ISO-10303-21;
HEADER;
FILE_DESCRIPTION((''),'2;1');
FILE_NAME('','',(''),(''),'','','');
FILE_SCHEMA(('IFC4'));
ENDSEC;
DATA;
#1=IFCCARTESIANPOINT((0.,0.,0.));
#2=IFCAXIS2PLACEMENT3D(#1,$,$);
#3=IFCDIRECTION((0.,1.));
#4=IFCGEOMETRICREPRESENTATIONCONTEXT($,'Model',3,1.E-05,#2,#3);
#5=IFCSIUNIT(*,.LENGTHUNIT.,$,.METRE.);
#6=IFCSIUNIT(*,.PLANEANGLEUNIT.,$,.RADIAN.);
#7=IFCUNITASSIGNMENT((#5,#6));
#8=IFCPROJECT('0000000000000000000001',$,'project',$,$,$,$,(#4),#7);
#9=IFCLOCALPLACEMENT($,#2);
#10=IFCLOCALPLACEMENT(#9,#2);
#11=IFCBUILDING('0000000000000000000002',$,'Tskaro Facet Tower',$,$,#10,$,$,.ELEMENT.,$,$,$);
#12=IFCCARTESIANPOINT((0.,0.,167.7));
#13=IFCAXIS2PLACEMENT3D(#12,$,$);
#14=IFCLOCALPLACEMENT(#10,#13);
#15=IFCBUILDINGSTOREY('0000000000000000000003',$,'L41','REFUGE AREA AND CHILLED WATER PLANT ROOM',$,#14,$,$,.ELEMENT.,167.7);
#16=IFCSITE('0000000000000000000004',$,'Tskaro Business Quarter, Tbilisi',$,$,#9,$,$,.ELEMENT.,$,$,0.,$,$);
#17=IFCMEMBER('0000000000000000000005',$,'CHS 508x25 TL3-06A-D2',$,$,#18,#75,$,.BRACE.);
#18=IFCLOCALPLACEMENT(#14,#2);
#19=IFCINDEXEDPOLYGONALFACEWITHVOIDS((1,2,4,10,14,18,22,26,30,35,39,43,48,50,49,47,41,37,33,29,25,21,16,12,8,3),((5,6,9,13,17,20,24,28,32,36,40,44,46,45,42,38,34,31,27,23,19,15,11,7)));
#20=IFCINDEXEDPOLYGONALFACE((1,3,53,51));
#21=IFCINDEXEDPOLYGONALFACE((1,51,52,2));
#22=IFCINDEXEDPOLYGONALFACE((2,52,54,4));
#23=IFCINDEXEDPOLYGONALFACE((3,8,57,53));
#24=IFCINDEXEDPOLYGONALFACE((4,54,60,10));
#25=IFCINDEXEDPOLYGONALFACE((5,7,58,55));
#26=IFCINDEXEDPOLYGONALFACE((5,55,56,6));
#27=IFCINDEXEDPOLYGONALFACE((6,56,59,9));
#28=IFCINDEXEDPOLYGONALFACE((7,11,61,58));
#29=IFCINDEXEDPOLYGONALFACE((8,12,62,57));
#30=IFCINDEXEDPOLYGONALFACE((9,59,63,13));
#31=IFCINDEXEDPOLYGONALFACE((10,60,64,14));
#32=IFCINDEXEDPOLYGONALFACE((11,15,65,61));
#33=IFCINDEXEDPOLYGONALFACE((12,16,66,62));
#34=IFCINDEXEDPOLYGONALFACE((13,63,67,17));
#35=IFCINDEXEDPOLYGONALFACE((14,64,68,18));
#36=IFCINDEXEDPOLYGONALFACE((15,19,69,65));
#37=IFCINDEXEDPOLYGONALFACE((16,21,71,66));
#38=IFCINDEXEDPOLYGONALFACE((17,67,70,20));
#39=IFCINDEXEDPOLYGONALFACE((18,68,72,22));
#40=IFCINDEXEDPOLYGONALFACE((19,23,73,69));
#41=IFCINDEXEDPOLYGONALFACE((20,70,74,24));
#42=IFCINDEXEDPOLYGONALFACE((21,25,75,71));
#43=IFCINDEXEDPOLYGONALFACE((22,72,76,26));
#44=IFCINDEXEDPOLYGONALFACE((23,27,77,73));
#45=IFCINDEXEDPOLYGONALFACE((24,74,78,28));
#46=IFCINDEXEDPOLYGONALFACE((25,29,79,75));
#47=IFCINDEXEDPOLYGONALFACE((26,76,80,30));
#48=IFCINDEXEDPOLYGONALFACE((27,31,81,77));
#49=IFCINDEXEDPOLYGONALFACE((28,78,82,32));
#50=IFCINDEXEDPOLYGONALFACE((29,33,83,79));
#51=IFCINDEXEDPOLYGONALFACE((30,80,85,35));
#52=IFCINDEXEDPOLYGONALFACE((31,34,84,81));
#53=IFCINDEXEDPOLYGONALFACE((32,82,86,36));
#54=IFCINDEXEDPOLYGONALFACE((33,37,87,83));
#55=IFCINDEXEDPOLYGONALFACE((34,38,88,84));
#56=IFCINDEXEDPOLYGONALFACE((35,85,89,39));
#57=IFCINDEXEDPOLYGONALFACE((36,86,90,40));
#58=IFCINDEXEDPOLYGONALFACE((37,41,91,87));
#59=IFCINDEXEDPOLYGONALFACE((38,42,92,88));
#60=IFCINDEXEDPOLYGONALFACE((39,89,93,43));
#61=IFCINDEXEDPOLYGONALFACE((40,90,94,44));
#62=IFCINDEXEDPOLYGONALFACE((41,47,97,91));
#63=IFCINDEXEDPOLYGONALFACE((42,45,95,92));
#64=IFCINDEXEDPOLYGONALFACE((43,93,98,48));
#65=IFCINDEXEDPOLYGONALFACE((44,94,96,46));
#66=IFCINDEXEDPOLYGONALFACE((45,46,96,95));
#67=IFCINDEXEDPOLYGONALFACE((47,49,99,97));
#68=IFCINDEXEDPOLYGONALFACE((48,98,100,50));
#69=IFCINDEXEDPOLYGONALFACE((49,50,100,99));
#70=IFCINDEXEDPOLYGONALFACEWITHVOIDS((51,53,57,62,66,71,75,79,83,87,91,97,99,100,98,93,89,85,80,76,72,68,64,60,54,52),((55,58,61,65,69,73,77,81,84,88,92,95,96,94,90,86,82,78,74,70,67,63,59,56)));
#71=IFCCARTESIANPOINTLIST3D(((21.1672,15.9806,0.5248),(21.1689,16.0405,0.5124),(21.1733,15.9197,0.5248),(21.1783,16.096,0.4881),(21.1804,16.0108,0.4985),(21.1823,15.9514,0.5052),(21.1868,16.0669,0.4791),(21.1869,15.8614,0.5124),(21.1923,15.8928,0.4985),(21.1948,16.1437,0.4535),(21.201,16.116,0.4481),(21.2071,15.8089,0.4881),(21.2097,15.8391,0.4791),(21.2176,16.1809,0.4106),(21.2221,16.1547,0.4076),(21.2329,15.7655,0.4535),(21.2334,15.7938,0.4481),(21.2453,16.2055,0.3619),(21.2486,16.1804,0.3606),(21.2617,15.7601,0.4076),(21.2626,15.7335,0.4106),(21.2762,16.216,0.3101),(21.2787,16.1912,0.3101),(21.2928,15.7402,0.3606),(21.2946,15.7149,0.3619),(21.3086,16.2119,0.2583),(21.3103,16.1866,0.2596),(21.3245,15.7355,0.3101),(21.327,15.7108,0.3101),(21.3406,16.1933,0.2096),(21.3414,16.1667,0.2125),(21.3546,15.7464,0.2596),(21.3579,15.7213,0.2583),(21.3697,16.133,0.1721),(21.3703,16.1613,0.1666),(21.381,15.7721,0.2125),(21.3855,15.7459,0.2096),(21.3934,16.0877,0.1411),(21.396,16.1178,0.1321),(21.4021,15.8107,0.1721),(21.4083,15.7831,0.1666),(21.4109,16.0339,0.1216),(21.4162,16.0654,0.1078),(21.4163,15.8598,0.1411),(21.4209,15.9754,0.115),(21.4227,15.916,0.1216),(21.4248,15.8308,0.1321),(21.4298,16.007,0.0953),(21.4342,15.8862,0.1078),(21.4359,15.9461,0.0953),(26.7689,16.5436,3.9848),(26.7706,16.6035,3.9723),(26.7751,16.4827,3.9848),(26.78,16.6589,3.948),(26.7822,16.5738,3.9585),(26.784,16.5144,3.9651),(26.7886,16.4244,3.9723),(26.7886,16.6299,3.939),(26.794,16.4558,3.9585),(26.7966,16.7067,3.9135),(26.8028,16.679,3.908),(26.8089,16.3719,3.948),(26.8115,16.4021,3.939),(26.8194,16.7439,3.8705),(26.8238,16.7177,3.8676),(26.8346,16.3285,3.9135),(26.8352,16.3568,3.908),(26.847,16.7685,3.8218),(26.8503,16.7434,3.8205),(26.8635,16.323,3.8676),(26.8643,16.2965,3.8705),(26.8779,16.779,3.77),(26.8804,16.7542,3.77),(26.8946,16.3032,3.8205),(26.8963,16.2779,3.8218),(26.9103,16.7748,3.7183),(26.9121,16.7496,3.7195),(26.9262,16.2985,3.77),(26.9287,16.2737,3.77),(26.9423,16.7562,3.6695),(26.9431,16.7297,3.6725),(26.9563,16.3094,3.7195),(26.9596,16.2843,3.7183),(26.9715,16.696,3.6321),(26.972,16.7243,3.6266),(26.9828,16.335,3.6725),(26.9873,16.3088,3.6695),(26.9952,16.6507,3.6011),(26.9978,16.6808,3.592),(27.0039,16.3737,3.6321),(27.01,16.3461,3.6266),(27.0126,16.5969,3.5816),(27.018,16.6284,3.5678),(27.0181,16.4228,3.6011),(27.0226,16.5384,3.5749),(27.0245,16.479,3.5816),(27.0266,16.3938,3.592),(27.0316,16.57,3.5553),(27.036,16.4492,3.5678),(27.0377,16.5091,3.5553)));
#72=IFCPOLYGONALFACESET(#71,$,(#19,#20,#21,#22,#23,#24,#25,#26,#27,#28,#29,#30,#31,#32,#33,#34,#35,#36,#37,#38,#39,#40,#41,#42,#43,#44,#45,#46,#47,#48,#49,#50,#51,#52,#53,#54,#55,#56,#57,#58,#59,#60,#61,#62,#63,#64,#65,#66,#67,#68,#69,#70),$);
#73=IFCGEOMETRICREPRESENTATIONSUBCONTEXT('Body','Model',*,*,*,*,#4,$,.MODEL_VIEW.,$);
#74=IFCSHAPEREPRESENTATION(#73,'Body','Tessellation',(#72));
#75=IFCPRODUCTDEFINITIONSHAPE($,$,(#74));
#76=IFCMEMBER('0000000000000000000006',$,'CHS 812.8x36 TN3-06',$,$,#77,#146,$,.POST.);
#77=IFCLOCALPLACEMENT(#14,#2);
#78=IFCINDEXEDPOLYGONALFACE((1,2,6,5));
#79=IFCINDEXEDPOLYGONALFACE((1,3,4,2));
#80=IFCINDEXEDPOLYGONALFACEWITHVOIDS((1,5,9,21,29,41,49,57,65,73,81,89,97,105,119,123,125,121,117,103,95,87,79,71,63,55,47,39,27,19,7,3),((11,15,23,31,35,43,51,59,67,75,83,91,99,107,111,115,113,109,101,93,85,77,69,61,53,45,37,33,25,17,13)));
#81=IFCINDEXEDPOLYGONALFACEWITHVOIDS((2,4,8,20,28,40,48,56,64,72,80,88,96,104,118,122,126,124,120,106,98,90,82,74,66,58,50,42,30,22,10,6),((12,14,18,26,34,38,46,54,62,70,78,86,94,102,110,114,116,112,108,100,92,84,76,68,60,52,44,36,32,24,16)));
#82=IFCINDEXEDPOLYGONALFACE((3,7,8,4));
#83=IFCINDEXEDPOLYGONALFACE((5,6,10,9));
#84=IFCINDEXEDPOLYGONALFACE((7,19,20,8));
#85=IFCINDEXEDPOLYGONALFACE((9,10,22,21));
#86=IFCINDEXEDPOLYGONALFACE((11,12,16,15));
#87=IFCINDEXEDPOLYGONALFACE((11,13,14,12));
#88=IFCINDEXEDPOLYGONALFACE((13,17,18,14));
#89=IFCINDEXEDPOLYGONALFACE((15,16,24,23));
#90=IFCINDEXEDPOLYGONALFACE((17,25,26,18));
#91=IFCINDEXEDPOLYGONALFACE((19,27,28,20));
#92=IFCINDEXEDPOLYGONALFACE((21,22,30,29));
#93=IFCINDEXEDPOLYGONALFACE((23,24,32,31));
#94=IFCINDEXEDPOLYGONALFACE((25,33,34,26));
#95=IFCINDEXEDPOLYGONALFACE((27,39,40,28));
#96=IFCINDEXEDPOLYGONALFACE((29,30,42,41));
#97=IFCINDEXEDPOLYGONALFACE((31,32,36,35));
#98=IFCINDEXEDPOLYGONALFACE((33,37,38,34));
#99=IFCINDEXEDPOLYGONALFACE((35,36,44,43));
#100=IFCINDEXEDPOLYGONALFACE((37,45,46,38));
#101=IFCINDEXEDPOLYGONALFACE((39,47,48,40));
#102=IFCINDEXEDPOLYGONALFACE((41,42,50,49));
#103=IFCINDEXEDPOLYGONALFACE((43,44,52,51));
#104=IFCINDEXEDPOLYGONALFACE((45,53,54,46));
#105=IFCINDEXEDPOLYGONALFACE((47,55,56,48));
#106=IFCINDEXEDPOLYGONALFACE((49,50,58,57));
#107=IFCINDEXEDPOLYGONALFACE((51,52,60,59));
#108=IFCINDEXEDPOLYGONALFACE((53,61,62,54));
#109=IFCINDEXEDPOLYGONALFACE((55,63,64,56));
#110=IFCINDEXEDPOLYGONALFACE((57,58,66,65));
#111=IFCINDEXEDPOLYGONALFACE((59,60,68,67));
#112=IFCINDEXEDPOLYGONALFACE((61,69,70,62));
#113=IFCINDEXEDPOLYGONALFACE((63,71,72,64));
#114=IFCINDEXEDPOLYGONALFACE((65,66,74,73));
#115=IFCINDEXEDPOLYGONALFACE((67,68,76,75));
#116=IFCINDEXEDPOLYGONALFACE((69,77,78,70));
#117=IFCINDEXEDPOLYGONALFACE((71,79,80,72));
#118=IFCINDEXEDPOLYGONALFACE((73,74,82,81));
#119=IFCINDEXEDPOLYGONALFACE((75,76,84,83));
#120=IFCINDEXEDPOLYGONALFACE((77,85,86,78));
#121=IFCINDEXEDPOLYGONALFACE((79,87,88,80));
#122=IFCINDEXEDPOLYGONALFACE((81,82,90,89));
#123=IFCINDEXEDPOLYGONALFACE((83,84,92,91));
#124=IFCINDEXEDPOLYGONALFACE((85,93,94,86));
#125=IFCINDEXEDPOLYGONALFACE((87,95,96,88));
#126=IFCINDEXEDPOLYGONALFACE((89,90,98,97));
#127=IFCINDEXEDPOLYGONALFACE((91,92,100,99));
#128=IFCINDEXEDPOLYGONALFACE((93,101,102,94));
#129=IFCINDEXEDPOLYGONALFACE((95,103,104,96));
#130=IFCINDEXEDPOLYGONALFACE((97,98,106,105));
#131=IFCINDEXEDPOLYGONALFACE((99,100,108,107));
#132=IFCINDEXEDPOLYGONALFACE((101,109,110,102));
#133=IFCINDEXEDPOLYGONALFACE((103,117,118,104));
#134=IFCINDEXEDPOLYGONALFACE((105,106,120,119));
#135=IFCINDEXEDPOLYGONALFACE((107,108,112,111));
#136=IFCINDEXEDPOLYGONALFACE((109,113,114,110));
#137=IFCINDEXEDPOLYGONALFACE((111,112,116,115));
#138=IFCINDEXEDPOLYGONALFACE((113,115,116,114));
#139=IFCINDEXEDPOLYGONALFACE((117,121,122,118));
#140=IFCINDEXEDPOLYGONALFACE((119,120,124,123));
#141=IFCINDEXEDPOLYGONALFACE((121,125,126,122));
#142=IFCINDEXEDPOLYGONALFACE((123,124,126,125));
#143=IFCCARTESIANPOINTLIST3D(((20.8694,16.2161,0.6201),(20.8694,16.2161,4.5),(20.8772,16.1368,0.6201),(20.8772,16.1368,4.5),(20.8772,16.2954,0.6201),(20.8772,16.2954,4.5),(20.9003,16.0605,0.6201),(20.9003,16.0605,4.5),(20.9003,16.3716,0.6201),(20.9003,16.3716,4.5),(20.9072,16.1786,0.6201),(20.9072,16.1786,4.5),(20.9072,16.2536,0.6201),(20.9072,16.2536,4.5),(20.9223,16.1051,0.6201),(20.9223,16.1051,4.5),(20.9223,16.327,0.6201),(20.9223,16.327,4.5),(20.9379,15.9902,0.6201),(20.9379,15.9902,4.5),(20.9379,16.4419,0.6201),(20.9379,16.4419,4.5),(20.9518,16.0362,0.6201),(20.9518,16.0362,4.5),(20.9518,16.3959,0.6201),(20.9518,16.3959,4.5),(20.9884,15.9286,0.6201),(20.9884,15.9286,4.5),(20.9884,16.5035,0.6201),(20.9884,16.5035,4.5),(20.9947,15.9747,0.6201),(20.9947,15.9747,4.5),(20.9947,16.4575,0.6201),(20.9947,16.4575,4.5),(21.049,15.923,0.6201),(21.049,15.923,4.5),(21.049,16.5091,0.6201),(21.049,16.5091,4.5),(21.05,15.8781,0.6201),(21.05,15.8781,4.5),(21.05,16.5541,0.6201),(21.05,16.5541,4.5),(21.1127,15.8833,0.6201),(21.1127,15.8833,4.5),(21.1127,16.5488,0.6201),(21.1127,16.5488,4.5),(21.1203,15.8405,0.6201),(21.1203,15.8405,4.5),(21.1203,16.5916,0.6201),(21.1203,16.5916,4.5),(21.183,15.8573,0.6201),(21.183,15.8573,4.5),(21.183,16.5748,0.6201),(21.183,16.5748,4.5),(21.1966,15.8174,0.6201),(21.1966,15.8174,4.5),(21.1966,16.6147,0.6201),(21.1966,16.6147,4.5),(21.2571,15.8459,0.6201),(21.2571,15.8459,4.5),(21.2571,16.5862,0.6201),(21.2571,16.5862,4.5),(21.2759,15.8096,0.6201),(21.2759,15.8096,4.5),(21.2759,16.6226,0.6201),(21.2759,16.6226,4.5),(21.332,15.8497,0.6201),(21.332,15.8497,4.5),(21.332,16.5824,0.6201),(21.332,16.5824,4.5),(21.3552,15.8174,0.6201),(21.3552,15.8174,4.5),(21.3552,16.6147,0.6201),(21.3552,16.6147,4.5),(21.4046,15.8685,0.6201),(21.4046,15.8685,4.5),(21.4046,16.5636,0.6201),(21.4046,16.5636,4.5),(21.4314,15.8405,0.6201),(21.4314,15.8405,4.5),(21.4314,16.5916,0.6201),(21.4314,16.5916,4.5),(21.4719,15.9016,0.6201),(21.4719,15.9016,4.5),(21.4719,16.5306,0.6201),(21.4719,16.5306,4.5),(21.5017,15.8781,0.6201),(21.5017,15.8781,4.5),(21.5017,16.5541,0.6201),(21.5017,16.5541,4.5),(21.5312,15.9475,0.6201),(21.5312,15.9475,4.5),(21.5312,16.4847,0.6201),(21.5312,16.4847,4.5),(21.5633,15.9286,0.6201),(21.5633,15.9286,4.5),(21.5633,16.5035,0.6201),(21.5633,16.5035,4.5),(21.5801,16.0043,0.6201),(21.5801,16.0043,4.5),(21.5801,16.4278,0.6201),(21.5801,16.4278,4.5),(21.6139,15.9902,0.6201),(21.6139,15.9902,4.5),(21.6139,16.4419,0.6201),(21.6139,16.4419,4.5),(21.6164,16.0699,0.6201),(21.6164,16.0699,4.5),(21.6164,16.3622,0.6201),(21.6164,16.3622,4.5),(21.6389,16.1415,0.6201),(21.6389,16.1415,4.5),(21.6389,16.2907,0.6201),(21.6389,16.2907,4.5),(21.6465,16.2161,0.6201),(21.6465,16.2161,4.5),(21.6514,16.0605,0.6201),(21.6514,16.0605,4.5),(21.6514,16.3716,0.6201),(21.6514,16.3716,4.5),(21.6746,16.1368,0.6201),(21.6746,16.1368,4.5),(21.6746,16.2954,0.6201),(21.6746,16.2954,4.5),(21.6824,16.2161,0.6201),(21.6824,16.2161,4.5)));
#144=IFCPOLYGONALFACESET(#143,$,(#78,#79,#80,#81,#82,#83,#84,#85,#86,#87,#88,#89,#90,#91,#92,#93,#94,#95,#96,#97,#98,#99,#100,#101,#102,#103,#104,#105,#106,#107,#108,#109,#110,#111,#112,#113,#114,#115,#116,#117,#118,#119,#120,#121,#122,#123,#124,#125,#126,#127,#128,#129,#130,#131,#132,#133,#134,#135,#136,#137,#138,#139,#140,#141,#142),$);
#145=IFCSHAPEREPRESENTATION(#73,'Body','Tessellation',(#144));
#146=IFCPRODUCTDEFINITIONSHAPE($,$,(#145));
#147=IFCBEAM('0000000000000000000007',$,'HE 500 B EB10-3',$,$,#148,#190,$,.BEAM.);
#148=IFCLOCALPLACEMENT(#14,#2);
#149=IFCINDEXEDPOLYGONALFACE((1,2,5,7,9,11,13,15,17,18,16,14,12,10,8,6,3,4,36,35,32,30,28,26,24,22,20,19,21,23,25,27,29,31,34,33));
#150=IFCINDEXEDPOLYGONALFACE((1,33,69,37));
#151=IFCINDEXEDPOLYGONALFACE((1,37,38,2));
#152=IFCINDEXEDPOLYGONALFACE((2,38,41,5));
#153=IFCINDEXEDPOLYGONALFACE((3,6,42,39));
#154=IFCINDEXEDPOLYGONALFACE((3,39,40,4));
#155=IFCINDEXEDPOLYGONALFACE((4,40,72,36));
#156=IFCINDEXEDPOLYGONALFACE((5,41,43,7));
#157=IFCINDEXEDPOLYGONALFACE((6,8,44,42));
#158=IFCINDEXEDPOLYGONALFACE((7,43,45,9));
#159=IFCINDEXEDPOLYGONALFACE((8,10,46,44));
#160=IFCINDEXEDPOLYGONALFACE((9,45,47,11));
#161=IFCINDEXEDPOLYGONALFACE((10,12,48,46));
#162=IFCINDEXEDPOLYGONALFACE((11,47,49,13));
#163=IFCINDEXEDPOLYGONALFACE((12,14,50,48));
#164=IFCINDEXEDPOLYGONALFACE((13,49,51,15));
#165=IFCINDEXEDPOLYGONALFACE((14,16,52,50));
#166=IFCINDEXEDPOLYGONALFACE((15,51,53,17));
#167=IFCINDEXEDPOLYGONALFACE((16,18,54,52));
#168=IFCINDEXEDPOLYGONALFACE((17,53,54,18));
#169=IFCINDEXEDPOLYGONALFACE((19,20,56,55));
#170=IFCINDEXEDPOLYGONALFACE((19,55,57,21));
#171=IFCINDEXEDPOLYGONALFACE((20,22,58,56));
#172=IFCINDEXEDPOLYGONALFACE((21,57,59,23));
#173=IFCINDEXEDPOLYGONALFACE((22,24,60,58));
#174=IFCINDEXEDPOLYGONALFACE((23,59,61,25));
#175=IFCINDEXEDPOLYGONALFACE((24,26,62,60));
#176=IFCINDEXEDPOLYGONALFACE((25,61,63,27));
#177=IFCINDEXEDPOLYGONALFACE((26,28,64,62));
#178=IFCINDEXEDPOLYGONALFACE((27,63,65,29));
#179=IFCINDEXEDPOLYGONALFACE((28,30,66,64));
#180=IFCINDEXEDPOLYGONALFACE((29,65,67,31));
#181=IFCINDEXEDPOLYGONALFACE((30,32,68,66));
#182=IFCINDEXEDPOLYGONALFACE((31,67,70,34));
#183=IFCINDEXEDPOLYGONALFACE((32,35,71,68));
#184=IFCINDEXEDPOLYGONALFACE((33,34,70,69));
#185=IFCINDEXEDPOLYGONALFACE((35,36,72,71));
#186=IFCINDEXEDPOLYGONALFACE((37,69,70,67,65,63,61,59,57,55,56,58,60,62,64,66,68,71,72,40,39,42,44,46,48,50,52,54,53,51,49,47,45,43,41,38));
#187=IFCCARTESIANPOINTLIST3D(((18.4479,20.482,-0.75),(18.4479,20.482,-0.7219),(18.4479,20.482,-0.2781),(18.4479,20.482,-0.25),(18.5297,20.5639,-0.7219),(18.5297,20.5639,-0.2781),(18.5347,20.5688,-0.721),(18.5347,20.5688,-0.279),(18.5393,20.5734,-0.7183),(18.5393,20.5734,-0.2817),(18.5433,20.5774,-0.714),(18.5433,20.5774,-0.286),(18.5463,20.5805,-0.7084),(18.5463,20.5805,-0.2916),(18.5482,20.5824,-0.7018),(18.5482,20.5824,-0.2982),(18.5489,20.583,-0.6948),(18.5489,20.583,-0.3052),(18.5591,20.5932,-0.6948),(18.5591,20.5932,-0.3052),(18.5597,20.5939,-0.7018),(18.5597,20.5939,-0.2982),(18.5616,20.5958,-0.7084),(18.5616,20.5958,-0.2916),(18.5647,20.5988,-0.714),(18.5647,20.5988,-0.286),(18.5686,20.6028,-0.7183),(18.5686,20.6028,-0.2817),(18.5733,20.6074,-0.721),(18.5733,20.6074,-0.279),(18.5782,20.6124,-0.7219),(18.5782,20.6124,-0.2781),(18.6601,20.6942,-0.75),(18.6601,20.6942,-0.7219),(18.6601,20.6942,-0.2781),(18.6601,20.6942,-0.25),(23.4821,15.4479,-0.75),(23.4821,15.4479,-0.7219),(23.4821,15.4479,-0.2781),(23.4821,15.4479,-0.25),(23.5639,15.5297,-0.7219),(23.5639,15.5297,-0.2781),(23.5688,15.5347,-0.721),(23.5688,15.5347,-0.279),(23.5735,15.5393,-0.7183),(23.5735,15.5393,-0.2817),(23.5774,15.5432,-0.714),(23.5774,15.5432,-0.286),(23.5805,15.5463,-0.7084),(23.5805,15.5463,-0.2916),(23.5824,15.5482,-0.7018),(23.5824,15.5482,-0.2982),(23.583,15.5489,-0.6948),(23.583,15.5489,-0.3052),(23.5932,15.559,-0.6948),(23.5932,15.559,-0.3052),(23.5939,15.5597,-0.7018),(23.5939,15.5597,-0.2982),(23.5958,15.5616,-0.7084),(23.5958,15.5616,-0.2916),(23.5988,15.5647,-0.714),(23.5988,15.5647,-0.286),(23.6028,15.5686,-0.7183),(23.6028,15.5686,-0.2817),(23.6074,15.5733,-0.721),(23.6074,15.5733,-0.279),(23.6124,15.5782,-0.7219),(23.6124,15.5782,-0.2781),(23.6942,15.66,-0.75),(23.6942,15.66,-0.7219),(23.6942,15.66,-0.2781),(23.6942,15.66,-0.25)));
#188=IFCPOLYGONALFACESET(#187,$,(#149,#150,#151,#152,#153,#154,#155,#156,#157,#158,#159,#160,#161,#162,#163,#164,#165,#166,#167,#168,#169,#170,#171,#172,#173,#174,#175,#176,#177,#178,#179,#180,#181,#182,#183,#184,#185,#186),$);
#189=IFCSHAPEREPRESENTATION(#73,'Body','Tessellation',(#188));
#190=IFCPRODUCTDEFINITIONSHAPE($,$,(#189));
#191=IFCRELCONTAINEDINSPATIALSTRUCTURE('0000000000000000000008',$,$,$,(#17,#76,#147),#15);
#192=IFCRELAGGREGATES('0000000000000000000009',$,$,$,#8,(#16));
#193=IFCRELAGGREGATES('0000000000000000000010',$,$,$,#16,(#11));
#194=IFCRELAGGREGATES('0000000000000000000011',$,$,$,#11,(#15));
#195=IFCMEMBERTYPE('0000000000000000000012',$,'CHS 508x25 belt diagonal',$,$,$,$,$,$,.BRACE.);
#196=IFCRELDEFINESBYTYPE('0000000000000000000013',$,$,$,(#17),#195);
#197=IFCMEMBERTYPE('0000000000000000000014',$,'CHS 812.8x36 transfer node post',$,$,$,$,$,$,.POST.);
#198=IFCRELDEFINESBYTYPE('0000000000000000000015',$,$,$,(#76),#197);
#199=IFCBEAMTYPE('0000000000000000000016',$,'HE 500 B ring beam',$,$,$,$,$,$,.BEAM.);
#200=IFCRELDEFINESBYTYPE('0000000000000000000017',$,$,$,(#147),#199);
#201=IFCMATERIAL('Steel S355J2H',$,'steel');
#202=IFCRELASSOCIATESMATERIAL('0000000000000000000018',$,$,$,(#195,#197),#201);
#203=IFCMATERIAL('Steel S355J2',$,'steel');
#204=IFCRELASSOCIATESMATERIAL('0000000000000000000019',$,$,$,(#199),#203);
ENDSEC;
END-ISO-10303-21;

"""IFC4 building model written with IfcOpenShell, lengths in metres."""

from ifc_helpers import new_model, si_unit, direction, frame, origin, origin_2d, place, context, subcontext, project, spatial, hollow_circle, i_section, extrude, material, material_profile, profile_set, type_object, element, save


model = new_model("IFC4")

# Units and contexts
model_context = context("Model", 3, precision=1e-05, world=origin(), true_north=direction((0.0, 1.0)))
body_context = subcontext(model_context, "Body", "Model", "MODEL_VIEW")
ifc_project = project(units=[si_unit("LENGTHUNIT", "METRE"), si_unit("PLANEANGLEUNIT", "RADIAN")], contexts=[model_context])

# Site, building, storey
site_placement = place(None, origin())
site = spatial("IfcSite", under=ifc_project, at=site_placement, Name="Tskaro Business Quarter, Tbilisi", CompositionType="ELEMENT", RefElevation=0.0)
building_placement = place(site_placement, origin())
building = spatial("IfcBuilding", under=site, at=building_placement, Name="Tskaro Facet Tower", CompositionType="ELEMENT")
storey_placement = place(building_placement, frame((0.0, 0.0, 167.7)))
storey = spatial("IfcBuildingStorey", under=building, at=storey_placement, Name="L41", Description="REFUGE AREA AND CHILLED WATER PLANT ROOM", CompositionType="ELEMENT", Elevation=167.7)

# Shared definitions
ifc_material_1 = material(Name="Steel S355J2H", Category="steel")

# Members
ifc_material_profile_1 = material_profile(ifc_material_1, hollow_circle(Radius=0.2539, WallThickness=0.0249, at=origin_2d()), Name="CHS 508x25")
ifc_profile_set_1 = profile_set([ifc_material_profile_1], Name="Steel S355J2H")
member_type_1 = type_object("IfcMemberType", Name="CHS 508x25 belt diagonal", PredefinedType="BRACE", material=ifc_profile_set_1)
member_1_placement = place(storey_placement, frame((26.9033, 16.5264, 3.77), z_axis=(-0.847703, -0.085195, -0.523585), x_axis=(0.099997, -0.994988, 0.0)))
element("IfcMember", 1, at=member_1_placement, inside=storey, type_object=member_type_1, Name="CHS 508x25 TL3-06A-D2", PredefinedType="BRACE", context=body_context, shape_type="SweptSolid", body=[
    extrude(hollow_circle(Radius=0.2539, WallThickness=0.0249, at=origin_2d()), origin(), (0.0, 0.0, 1.0), 6.6082),
])
ifc_material_profile_2 = material_profile(ifc_material_1, hollow_circle(Radius=0.4065, WallThickness=0.0359, at=origin_2d()), Name="CHS 812.8x36")
ifc_profile_set_2 = profile_set([ifc_material_profile_2], Name="Steel S355J2H")
member_type_2 = type_object("IfcMemberType", Name="CHS 812.8x36 transfer node post", PredefinedType="POST", material=ifc_profile_set_2)
member_2_placement = place(storey_placement, frame((21.2759, 16.2161, 0.6201), z_axis=(0.0, 0.0, 1.0), x_axis=(1.0, 0.0, 0.0)))
element("IfcMember", 2, at=member_2_placement, inside=storey, type_object=member_type_2, Name="CHS 812.8x36 TN3-06", PredefinedType="POST", context=body_context, shape_type="SweptSolid", body=[
    extrude(hollow_circle(Radius=0.4065, WallThickness=0.0359, at=origin_2d()), origin(), (0.0, 0.0, 1.0), 3.8799),
])

# Beam
ifc_material_2 = material(Name="Steel S355J2", Category="steel")
ifc_material_profile_3 = material_profile(ifc_material_2, i_section(OverallWidth=0.3, OverallDepth=0.5, WebThickness=0.0144, FlangeThickness=0.0281, FilletRadius=0.0271, at=origin_2d()), Name="HE 500 B")
ifc_profile_set_3 = profile_set([ifc_material_profile_3], Name="Steel S355J2")
beam_type_1 = type_object("IfcBeamType", Name="HE 500 B ring beam", PredefinedType="BEAM", material=ifc_profile_set_3)
for number, where, z_axis, x_axis, name in (
    (3, (23.5881, 15.554, -0.5), (-0.707107, 0.707107, 0.0), (-0.707107, -0.707107, 0.0), "HE 500 B EB10-3"),
):
    element("IfcBeam", number, at=place(storey_placement, frame(where, z_axis=z_axis, x_axis=x_axis)), inside=storey, type_object=beam_type_1, Name=name, PredefinedType="BEAM", context=body_context, shape_type="SweptSolid", body=[
        extrude(i_section(OverallWidth=0.3, OverallDepth=0.5, WebThickness=0.0144, FlangeThickness=0.0281, FilletRadius=0.0271, at=origin_2d()), origin(), (0.0, 0.0, 1.0), 7.1194),
    ])

save(model, "model.ifc")
